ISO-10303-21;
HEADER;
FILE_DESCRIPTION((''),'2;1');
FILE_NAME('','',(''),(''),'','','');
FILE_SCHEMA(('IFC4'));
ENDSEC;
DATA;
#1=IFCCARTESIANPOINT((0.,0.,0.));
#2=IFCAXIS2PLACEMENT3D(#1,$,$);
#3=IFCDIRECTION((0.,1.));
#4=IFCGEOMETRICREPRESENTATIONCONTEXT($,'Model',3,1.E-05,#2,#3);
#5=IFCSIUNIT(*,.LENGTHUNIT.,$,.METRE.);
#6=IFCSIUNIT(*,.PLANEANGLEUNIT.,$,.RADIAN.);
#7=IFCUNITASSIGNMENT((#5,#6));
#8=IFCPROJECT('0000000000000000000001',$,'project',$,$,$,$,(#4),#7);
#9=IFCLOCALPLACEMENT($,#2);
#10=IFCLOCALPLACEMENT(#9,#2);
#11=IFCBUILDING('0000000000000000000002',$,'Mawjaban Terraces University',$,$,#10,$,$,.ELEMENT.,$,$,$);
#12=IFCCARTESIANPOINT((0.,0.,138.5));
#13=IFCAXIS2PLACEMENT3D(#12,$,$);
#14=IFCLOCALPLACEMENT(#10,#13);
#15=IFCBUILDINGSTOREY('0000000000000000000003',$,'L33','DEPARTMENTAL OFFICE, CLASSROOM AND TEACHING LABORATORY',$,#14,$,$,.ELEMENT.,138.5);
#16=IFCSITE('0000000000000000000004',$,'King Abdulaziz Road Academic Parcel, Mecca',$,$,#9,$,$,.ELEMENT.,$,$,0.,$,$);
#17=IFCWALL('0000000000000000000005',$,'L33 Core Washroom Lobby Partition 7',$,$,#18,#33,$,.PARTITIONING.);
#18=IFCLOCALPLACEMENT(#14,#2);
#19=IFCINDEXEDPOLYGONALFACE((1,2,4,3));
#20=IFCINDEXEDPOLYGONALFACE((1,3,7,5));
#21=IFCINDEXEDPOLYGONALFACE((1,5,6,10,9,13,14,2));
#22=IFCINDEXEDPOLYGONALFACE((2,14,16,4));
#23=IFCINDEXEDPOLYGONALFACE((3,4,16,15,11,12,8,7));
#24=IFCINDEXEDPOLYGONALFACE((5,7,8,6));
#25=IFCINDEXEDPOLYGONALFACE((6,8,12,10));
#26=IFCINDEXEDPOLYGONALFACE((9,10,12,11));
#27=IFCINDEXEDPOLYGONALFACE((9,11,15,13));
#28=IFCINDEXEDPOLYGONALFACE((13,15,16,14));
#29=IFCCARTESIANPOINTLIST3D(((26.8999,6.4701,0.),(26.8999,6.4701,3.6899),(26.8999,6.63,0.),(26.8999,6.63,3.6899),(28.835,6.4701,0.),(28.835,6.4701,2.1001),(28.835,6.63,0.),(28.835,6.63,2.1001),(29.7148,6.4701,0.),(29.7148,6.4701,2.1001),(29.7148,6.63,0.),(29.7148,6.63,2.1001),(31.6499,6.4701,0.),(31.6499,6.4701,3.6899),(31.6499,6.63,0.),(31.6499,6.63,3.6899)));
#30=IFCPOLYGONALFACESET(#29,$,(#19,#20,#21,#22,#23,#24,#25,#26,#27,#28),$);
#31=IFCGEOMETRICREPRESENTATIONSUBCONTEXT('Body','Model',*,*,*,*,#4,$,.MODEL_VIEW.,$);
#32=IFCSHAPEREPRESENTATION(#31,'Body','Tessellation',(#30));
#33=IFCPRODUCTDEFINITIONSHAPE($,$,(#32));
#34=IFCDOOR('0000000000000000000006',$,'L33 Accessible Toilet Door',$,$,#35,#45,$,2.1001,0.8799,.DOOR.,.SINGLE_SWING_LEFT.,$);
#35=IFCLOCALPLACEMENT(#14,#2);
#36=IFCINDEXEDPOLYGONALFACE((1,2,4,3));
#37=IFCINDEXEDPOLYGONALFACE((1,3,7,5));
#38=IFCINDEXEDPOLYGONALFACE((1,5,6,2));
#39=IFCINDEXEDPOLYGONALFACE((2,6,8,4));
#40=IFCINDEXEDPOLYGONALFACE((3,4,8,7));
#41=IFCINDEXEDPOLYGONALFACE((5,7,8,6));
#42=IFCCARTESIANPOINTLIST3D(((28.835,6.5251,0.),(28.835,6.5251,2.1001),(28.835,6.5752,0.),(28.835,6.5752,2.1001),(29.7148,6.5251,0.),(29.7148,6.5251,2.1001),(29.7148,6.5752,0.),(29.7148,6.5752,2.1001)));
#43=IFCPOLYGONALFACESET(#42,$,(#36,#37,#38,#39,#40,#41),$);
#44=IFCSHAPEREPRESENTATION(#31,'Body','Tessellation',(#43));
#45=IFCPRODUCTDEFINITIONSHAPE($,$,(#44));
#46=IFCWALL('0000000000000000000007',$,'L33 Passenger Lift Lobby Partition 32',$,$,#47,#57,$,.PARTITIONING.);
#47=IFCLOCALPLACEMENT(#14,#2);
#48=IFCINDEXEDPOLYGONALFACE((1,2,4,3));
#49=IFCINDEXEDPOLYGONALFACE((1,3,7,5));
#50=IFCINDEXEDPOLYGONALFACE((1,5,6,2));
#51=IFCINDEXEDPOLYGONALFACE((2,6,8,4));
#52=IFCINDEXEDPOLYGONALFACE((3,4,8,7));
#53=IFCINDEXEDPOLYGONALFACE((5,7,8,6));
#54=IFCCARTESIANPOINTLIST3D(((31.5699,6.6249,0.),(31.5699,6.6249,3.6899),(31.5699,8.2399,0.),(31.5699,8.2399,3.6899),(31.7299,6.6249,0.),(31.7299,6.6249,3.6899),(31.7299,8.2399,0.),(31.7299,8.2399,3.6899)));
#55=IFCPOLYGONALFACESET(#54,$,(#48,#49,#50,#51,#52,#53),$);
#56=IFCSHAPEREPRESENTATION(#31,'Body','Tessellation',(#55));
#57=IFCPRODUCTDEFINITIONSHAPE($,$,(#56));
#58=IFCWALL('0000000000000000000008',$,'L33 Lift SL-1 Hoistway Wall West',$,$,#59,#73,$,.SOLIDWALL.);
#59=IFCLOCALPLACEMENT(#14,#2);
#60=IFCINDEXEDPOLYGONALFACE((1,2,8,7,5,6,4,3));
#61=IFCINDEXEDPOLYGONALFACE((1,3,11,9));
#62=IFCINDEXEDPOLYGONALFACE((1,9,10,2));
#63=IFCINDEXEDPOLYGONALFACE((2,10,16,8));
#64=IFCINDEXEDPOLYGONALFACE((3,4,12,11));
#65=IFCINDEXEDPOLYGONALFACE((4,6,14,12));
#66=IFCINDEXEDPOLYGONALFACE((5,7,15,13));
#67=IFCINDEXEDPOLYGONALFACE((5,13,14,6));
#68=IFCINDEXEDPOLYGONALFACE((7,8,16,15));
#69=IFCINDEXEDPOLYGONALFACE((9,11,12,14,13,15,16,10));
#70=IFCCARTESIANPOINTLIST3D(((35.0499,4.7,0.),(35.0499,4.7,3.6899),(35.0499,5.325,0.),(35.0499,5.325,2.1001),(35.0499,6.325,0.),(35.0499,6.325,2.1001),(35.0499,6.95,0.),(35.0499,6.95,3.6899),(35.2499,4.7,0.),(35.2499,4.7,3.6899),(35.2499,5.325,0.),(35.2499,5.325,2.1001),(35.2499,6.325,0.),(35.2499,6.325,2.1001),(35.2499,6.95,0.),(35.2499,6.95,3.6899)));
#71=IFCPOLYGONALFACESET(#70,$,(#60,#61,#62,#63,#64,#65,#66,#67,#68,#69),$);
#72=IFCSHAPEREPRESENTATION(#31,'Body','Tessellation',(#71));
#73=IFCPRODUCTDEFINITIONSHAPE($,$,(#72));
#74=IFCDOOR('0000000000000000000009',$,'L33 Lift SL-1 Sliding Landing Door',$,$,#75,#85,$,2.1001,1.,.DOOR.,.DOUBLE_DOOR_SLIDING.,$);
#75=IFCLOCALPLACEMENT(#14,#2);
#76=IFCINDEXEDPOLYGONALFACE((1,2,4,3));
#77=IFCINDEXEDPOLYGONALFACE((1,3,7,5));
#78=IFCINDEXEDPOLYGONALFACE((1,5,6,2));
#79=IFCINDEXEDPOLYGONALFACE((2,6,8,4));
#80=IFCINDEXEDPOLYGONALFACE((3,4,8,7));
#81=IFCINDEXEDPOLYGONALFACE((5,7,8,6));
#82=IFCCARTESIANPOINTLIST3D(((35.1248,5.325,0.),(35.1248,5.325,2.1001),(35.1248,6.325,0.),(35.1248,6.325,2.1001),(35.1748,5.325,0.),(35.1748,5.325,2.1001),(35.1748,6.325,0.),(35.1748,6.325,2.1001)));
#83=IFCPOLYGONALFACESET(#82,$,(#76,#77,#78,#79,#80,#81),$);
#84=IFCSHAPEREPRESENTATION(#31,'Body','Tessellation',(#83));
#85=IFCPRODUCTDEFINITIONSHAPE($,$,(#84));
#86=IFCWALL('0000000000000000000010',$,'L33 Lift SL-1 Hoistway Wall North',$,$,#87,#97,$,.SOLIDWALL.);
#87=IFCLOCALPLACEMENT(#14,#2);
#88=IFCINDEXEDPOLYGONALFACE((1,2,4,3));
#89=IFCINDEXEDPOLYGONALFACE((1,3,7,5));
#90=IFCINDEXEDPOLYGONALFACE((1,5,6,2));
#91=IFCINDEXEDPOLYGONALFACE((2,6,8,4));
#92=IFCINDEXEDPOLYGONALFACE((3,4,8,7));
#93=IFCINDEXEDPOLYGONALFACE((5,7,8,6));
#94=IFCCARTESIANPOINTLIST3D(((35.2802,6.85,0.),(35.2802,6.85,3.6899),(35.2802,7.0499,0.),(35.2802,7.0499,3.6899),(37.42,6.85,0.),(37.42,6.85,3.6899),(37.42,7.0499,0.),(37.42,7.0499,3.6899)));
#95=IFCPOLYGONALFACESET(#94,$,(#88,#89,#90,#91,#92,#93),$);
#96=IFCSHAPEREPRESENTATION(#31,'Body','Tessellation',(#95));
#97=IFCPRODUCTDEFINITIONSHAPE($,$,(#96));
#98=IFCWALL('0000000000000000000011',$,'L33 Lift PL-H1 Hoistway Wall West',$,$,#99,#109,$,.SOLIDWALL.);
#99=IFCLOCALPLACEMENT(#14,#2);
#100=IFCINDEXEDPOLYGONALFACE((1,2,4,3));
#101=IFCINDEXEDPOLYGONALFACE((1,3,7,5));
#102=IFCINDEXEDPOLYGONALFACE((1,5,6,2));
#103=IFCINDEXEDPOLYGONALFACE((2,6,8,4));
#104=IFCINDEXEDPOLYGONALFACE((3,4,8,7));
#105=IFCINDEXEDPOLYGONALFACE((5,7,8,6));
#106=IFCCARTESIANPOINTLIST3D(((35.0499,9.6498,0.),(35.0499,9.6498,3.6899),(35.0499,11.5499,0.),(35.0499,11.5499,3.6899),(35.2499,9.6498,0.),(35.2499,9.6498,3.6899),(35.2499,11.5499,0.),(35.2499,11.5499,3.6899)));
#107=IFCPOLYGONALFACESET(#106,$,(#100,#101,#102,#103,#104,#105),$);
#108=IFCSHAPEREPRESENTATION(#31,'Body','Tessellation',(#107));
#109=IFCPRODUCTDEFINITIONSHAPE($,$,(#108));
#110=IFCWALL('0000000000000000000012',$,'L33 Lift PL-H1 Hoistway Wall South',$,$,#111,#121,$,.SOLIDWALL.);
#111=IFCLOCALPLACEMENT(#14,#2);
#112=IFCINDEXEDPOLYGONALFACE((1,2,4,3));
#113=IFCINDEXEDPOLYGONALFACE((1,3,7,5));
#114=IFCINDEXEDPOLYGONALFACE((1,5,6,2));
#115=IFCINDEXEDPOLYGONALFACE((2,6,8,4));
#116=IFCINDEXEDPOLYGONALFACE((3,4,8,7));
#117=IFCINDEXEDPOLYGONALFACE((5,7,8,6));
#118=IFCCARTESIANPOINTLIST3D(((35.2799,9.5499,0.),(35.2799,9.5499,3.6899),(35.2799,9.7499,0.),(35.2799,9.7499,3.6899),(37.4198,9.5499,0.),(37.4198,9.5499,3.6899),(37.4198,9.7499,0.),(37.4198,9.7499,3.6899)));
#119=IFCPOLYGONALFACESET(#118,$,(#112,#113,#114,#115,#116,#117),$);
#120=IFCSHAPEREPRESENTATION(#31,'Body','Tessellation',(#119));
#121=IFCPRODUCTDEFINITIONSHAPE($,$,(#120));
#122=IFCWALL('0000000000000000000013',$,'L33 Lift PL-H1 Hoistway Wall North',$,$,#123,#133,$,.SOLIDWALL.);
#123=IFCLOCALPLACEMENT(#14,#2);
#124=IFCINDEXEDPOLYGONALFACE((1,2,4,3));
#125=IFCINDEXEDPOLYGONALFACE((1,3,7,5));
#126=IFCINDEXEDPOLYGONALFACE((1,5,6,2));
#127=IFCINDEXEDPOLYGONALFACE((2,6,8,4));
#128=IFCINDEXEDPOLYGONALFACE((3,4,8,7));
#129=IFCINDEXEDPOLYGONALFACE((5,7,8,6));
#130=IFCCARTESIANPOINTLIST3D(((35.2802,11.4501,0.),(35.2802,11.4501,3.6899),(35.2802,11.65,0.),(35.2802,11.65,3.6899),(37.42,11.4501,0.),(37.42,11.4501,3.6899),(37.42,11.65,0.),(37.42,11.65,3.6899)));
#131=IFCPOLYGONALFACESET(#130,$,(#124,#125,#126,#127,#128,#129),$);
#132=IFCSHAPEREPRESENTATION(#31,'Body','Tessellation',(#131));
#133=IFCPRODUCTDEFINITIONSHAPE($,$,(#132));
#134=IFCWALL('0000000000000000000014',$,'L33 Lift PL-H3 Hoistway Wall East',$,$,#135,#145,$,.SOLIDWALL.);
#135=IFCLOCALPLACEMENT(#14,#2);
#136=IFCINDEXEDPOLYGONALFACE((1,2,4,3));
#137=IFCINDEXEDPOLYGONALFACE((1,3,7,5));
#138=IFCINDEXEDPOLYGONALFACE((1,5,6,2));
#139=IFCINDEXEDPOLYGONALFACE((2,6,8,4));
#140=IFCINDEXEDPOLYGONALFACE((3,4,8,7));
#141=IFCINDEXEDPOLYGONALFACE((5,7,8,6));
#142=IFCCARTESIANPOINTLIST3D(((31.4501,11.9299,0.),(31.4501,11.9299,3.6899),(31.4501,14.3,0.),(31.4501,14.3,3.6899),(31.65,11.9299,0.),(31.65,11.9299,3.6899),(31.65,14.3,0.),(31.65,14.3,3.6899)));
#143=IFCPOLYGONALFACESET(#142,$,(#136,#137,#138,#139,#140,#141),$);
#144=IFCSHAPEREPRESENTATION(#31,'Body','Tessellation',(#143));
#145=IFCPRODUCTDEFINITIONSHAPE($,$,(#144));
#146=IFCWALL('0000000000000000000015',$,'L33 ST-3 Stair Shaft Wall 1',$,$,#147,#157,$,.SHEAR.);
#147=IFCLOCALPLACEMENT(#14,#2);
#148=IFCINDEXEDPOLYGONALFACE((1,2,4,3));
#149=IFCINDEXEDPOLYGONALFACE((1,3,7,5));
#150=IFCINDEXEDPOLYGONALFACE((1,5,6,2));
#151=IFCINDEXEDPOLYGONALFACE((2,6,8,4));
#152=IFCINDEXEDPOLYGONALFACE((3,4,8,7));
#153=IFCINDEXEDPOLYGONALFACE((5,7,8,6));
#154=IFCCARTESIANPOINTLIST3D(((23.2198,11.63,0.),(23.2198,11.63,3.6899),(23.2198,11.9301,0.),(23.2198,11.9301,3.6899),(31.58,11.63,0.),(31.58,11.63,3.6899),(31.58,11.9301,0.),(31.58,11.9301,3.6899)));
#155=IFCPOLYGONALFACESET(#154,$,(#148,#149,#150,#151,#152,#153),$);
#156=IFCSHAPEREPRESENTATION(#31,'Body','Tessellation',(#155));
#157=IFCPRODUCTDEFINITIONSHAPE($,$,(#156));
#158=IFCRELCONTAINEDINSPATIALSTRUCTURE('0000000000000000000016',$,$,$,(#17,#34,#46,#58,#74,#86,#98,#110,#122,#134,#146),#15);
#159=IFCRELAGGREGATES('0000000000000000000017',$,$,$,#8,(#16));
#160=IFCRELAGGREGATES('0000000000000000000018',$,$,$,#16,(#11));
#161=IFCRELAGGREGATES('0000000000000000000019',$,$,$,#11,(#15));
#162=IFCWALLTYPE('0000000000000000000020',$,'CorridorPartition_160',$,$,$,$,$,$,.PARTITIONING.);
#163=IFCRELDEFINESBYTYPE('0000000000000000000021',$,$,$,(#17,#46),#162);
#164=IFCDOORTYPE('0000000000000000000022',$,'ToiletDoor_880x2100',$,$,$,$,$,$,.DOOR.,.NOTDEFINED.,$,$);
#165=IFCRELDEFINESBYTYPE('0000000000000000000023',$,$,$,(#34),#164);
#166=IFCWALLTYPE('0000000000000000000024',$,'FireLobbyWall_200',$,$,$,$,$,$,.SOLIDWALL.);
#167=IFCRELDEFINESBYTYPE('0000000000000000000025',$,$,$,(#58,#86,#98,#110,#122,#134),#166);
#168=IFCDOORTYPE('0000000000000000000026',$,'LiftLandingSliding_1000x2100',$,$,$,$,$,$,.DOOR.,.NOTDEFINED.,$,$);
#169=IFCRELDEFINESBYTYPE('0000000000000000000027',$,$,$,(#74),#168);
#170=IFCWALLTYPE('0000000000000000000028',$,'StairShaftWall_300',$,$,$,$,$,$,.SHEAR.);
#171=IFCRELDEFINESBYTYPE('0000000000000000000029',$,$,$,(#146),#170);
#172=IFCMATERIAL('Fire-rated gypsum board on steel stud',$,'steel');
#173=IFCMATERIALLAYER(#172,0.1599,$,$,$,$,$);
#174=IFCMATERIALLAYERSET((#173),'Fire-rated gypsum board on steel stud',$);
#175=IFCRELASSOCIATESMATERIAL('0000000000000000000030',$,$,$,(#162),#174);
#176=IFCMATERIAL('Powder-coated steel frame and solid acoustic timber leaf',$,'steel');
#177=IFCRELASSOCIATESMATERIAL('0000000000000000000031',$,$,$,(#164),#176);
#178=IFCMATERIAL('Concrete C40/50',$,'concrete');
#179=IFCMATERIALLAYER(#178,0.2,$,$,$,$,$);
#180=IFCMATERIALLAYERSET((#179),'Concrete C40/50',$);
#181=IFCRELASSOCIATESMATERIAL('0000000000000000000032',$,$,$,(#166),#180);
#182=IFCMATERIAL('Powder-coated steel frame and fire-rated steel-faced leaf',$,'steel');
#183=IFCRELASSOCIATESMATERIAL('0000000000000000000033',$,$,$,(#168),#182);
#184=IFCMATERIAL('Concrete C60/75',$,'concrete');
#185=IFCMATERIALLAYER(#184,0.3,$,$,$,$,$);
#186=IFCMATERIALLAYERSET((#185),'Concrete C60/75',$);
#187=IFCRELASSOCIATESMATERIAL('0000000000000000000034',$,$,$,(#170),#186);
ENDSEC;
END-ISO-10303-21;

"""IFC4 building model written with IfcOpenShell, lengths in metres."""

from ifc_helpers import new_model, si_unit, direction, frame, frame_2d, origin, place, context, subcontext, project, spatial, rectangle, extrude, material, layer, layer_set, type_object, element, fill, save


model = new_model("IFC4")

# Units and contexts
model_context = context("Model", 3, precision=1e-05, world=origin(), true_north=direction((0.0, 1.0)))
body_context = subcontext(model_context, "Body", "Model", "MODEL_VIEW")
ifc_project = project(units=[si_unit("LENGTHUNIT", "METRE"), si_unit("PLANEANGLEUNIT", "RADIAN")], contexts=[model_context])

# Site, building, storey
site_placement = place(None, origin())
site = spatial("IfcSite", under=ifc_project, at=site_placement, Name="King Abdulaziz Road Academic Parcel, Mecca", CompositionType="ELEMENT", RefElevation=0.0)
building_placement = place(site_placement, origin())
building = spatial("IfcBuilding", under=site, at=building_placement, Name="Mawjaban Terraces University", CompositionType="ELEMENT")
storey_placement = place(building_placement, frame((0.0, 0.0, 138.5)))
storey = spatial("IfcBuildingStorey", under=building, at=storey_placement, Name="L33", Description="DEPARTMENTAL OFFICE, CLASSROOM AND TEACHING LABORATORY", CompositionType="ELEMENT", Elevation=138.5)

# Wall, opening, door
ifc_material_1 = material(Name="Fire-rated gypsum board on steel stud", Category="steel")
ifc_layer_1 = layer(ifc_material_1, 0.1599)
ifc_layer_set_1 = layer_set([ifc_layer_1], Name="Fire-rated gypsum board on steel stud")
wall_type_1 = type_object("IfcWallType", Name="CorridorPartition_160", PredefinedType="PARTITIONING", material=ifc_layer_set_1)
wall_1_placement = place(storey_placement, frame((31.6499, 6.55, 0.0), z_axis=(0.0, 0.0, 1.0), x_axis=(-1.0, 0.0, 0.0)))
wall_1 = element("IfcWall", 1, at=wall_1_placement, inside=storey, type_object=wall_type_1, Name="L33 Core Washroom Lobby Partition 7", PredefinedType="PARTITIONING", context=body_context, shape_type="SweptSolid", body=[
    extrude(rectangle(XDim=4.75, YDim=0.1599, at=frame_2d((2.375, 0.0))), origin(), (0.0, 0.0, 1.0), 3.6899),
])
opening_1_placement = place(wall_1_placement, frame((1.9351, 0.0, 0.0)))
opening_1 = element("IfcOpeningElement", 2, at=opening_1_placement, cuts=wall_1, PredefinedType="OPENING", context=body_context, shape_type="SweptSolid", body=[
    extrude(rectangle(XDim=0.8799, YDim=2.1001, at=frame_2d((0.4399, 1.05))), frame((0.0, 0.0898, 0.0), z_axis=(0.0, -1.0, 0.0), x_axis=(1.0, 0.0, 0.0)), (0.0, 0.0, 1.0), 0.1799),
])
ifc_material_2 = material(Name="Powder-coated steel frame and solid acoustic timber leaf", Category="steel")
door_type_1 = type_object("IfcDoorType", Name="ToiletDoor_880x2100", OperationType="NOTDEFINED", PredefinedType="DOOR", material=ifc_material_2)
door_1_placement = place(opening_1_placement, origin())
door_1 = element("IfcDoor", 3, at=door_1_placement, inside=storey, type_object=door_type_1, Name="L33 Accessible Toilet Door", OperationType="SINGLE_SWING_LEFT", OverallHeight=2.1001, OverallWidth=0.8799, PredefinedType="DOOR", context=body_context, shape_type="SweptSolid", body=[
    extrude(rectangle(XDim=0.8799, YDim=2.1001, at=frame_2d((0.4399, 1.05))), frame((0.0, 0.0249, 0.0), z_axis=(0.0, -1.0, 0.0), x_axis=(1.0, 0.0, 0.0)), (0.0, 0.0, 1.0), 0.05),
])
fill(opening_1, door_1)

# Wall
wall_2_placement = place(storey_placement, frame((31.6499, 8.24, 0.0), z_axis=(0.0, 0.0, 1.0), x_axis=(0.0, -1.0, 0.0)))
element("IfcWall", 4, at=wall_2_placement, inside=storey, type_object=wall_type_1, Name="L33 Passenger Lift Lobby Partition 32", PredefinedType="PARTITIONING", context=body_context, shape_type="SweptSolid", body=[
    extrude(rectangle(XDim=1.615, YDim=0.1599, at=frame_2d((0.8076, 0.0))), origin(), (0.0, 0.0, 1.0), 3.6899),
])

# Wall, opening, door
ifc_material_3 = material(Name="Concrete C40/50", Category="concrete")
ifc_layer_2 = layer(ifc_material_3, 0.2)
ifc_layer_set_2 = layer_set([ifc_layer_2], Name="Concrete C40/50")
wall_type_2 = type_object("IfcWallType", Name="FireLobbyWall_200", PredefinedType="SOLIDWALL", material=ifc_layer_set_2)
wall_3_placement = place(storey_placement, frame((35.1499, 6.95, 0.0), z_axis=(0.0, 0.0, 1.0), x_axis=(0.0, -1.0, 0.0)))
wall_3 = element("IfcWall", 5, at=wall_3_placement, inside=storey, type_object=wall_type_2, Name="L33 Lift SL-1 Hoistway Wall West", PredefinedType="SOLIDWALL", context=body_context, shape_type="SweptSolid", body=[
    extrude(rectangle(XDim=2.25, YDim=0.2, at=frame_2d((1.125, 0.0))), origin(), (0.0, 0.0, 1.0), 3.6899),
])
opening_2_placement = place(wall_3_placement, frame((0.625, 0.0, 0.0)))
opening_2 = element("IfcOpeningElement", 6, at=opening_2_placement, cuts=wall_3, PredefinedType="OPENING", context=body_context, shape_type="SweptSolid", body=[
    extrude(rectangle(XDim=1.0, YDim=2.1001, at=frame_2d((0.5, 1.05))), frame((0.0, 0.1099, 0.0), z_axis=(0.0, -1.0, 0.0), x_axis=(1.0, 0.0, 0.0)), (0.0, 0.0, 1.0), 0.22),
])
ifc_material_4 = material(Name="Powder-coated steel frame and fire-rated steel-faced leaf", Category="steel")
door_type_2 = type_object("IfcDoorType", Name="LiftLandingSliding_1000x2100", OperationType="NOTDEFINED", PredefinedType="DOOR", material=ifc_material_4)
door_2_placement = place(opening_2_placement, origin())
door_2 = element("IfcDoor", 7, at=door_2_placement, inside=storey, type_object=door_type_2, Name="L33 Lift SL-1 Sliding Landing Door", OperationType="DOUBLE_DOOR_SLIDING", OverallHeight=2.1001, OverallWidth=1.0, PredefinedType="DOOR", context=body_context, shape_type="SweptSolid", body=[
    extrude(rectangle(XDim=1.0, YDim=2.1001, at=frame_2d((0.5, 1.05))), frame((0.0, 0.0249, 0.0), z_axis=(0.0, -1.0, 0.0), x_axis=(1.0, 0.0, 0.0)), (0.0, 0.0, 1.0), 0.05),
])
fill(opening_2, door_2)

# Walls
wall_4_placement = place(storey_placement, frame((37.4199, 6.95, 0.0), z_axis=(0.0, 0.0, 1.0), x_axis=(-1.0, 0.0, 0.0)))
element("IfcWall", 8, at=wall_4_placement, inside=storey, type_object=wall_type_2, Name="L33 Lift SL-1 Hoistway Wall North", PredefinedType="SOLIDWALL", context=body_context, shape_type="SweptSolid", body=[
    extrude(rectangle(XDim=2.1399, YDim=0.2, at=frame_2d((1.0698, 0.0))), origin(), (0.0, 0.0, 1.0), 3.6899),
])
wall_5_placement = place(storey_placement, frame((35.1499, 11.55, 0.0), z_axis=(0.0, 0.0, 1.0), x_axis=(0.0, -1.0, 0.0)))
element("IfcWall", 9, at=wall_5_placement, inside=storey, type_object=wall_type_2, Name="L33 Lift PL-H1 Hoistway Wall West", PredefinedType="SOLIDWALL", context=body_context, shape_type="SweptSolid", body=[
    extrude(rectangle(XDim=1.9001, YDim=0.2, at=frame_2d((0.9502, 0.0))), origin(), (0.0, 0.0, 1.0), 3.6899),
])
for number, where, z_axis, x_axis, name in (
    (10, (35.28, 9.6499, 0.0), (0.0, 0.0, 1.0), (1.0, 0.0, 0.0), "L33 Lift PL-H1 Hoistway Wall South"),
    (11, (37.4199, 11.55, 0.0), (0.0, 0.0, 1.0), (-1.0, 0.0, 0.0), "L33 Lift PL-H1 Hoistway Wall North"),
):
    element("IfcWall", number, at=place(storey_placement, frame(where, z_axis=z_axis, x_axis=x_axis)), inside=storey, type_object=wall_type_2, Name=name, PredefinedType="SOLIDWALL", context=body_context, shape_type="SweptSolid", body=[
        extrude(rectangle(XDim=2.1399, YDim=0.2, at=frame_2d((1.0698, 0.0))), origin(), (0.0, 0.0, 1.0), 3.6899),
    ])
wall_6_placement = place(storey_placement, frame((31.55, 11.9299, 0.0), z_axis=(0.0, 0.0, 1.0), x_axis=(0.0, 1.0, 0.0)))
element("IfcWall", 12, at=wall_6_placement, inside=storey, type_object=wall_type_2, Name="L33 Lift PL-H3 Hoistway Wall East", PredefinedType="SOLIDWALL", context=body_context, shape_type="SweptSolid", body=[
    extrude(rectangle(XDim=2.3701, YDim=0.2, at=frame_2d((1.1851, 0.0))), origin(), (0.0, 0.0, 1.0), 3.6899),
])
ifc_material_5 = material(Name="Concrete C60/75", Category="concrete")
ifc_layer_3 = layer(ifc_material_5, 0.3)
ifc_layer_set_3 = layer_set([ifc_layer_3], Name="Concrete C60/75")
wall_type_3 = type_object("IfcWallType", Name="StairShaftWall_300", PredefinedType="SHEAR", material=ifc_layer_set_3)
wall_7_placement = place(storey_placement, frame((31.5801, 11.78, 0.0), z_axis=(0.0, 0.0, 1.0), x_axis=(-1.0, 0.0, 0.0)))
element("IfcWall", 13, at=wall_7_placement, inside=storey, type_object=wall_type_3, Name="L33 ST-3 Stair Shaft Wall 1", PredefinedType="SHEAR", context=body_context, shape_type="SweptSolid", body=[
    extrude(rectangle(XDim=8.3601, YDim=0.3, at=frame_2d((4.1802, 0.0))), origin(), (0.0, 0.0, 1.0), 3.6899),
])

save(model, "model.ifc")
